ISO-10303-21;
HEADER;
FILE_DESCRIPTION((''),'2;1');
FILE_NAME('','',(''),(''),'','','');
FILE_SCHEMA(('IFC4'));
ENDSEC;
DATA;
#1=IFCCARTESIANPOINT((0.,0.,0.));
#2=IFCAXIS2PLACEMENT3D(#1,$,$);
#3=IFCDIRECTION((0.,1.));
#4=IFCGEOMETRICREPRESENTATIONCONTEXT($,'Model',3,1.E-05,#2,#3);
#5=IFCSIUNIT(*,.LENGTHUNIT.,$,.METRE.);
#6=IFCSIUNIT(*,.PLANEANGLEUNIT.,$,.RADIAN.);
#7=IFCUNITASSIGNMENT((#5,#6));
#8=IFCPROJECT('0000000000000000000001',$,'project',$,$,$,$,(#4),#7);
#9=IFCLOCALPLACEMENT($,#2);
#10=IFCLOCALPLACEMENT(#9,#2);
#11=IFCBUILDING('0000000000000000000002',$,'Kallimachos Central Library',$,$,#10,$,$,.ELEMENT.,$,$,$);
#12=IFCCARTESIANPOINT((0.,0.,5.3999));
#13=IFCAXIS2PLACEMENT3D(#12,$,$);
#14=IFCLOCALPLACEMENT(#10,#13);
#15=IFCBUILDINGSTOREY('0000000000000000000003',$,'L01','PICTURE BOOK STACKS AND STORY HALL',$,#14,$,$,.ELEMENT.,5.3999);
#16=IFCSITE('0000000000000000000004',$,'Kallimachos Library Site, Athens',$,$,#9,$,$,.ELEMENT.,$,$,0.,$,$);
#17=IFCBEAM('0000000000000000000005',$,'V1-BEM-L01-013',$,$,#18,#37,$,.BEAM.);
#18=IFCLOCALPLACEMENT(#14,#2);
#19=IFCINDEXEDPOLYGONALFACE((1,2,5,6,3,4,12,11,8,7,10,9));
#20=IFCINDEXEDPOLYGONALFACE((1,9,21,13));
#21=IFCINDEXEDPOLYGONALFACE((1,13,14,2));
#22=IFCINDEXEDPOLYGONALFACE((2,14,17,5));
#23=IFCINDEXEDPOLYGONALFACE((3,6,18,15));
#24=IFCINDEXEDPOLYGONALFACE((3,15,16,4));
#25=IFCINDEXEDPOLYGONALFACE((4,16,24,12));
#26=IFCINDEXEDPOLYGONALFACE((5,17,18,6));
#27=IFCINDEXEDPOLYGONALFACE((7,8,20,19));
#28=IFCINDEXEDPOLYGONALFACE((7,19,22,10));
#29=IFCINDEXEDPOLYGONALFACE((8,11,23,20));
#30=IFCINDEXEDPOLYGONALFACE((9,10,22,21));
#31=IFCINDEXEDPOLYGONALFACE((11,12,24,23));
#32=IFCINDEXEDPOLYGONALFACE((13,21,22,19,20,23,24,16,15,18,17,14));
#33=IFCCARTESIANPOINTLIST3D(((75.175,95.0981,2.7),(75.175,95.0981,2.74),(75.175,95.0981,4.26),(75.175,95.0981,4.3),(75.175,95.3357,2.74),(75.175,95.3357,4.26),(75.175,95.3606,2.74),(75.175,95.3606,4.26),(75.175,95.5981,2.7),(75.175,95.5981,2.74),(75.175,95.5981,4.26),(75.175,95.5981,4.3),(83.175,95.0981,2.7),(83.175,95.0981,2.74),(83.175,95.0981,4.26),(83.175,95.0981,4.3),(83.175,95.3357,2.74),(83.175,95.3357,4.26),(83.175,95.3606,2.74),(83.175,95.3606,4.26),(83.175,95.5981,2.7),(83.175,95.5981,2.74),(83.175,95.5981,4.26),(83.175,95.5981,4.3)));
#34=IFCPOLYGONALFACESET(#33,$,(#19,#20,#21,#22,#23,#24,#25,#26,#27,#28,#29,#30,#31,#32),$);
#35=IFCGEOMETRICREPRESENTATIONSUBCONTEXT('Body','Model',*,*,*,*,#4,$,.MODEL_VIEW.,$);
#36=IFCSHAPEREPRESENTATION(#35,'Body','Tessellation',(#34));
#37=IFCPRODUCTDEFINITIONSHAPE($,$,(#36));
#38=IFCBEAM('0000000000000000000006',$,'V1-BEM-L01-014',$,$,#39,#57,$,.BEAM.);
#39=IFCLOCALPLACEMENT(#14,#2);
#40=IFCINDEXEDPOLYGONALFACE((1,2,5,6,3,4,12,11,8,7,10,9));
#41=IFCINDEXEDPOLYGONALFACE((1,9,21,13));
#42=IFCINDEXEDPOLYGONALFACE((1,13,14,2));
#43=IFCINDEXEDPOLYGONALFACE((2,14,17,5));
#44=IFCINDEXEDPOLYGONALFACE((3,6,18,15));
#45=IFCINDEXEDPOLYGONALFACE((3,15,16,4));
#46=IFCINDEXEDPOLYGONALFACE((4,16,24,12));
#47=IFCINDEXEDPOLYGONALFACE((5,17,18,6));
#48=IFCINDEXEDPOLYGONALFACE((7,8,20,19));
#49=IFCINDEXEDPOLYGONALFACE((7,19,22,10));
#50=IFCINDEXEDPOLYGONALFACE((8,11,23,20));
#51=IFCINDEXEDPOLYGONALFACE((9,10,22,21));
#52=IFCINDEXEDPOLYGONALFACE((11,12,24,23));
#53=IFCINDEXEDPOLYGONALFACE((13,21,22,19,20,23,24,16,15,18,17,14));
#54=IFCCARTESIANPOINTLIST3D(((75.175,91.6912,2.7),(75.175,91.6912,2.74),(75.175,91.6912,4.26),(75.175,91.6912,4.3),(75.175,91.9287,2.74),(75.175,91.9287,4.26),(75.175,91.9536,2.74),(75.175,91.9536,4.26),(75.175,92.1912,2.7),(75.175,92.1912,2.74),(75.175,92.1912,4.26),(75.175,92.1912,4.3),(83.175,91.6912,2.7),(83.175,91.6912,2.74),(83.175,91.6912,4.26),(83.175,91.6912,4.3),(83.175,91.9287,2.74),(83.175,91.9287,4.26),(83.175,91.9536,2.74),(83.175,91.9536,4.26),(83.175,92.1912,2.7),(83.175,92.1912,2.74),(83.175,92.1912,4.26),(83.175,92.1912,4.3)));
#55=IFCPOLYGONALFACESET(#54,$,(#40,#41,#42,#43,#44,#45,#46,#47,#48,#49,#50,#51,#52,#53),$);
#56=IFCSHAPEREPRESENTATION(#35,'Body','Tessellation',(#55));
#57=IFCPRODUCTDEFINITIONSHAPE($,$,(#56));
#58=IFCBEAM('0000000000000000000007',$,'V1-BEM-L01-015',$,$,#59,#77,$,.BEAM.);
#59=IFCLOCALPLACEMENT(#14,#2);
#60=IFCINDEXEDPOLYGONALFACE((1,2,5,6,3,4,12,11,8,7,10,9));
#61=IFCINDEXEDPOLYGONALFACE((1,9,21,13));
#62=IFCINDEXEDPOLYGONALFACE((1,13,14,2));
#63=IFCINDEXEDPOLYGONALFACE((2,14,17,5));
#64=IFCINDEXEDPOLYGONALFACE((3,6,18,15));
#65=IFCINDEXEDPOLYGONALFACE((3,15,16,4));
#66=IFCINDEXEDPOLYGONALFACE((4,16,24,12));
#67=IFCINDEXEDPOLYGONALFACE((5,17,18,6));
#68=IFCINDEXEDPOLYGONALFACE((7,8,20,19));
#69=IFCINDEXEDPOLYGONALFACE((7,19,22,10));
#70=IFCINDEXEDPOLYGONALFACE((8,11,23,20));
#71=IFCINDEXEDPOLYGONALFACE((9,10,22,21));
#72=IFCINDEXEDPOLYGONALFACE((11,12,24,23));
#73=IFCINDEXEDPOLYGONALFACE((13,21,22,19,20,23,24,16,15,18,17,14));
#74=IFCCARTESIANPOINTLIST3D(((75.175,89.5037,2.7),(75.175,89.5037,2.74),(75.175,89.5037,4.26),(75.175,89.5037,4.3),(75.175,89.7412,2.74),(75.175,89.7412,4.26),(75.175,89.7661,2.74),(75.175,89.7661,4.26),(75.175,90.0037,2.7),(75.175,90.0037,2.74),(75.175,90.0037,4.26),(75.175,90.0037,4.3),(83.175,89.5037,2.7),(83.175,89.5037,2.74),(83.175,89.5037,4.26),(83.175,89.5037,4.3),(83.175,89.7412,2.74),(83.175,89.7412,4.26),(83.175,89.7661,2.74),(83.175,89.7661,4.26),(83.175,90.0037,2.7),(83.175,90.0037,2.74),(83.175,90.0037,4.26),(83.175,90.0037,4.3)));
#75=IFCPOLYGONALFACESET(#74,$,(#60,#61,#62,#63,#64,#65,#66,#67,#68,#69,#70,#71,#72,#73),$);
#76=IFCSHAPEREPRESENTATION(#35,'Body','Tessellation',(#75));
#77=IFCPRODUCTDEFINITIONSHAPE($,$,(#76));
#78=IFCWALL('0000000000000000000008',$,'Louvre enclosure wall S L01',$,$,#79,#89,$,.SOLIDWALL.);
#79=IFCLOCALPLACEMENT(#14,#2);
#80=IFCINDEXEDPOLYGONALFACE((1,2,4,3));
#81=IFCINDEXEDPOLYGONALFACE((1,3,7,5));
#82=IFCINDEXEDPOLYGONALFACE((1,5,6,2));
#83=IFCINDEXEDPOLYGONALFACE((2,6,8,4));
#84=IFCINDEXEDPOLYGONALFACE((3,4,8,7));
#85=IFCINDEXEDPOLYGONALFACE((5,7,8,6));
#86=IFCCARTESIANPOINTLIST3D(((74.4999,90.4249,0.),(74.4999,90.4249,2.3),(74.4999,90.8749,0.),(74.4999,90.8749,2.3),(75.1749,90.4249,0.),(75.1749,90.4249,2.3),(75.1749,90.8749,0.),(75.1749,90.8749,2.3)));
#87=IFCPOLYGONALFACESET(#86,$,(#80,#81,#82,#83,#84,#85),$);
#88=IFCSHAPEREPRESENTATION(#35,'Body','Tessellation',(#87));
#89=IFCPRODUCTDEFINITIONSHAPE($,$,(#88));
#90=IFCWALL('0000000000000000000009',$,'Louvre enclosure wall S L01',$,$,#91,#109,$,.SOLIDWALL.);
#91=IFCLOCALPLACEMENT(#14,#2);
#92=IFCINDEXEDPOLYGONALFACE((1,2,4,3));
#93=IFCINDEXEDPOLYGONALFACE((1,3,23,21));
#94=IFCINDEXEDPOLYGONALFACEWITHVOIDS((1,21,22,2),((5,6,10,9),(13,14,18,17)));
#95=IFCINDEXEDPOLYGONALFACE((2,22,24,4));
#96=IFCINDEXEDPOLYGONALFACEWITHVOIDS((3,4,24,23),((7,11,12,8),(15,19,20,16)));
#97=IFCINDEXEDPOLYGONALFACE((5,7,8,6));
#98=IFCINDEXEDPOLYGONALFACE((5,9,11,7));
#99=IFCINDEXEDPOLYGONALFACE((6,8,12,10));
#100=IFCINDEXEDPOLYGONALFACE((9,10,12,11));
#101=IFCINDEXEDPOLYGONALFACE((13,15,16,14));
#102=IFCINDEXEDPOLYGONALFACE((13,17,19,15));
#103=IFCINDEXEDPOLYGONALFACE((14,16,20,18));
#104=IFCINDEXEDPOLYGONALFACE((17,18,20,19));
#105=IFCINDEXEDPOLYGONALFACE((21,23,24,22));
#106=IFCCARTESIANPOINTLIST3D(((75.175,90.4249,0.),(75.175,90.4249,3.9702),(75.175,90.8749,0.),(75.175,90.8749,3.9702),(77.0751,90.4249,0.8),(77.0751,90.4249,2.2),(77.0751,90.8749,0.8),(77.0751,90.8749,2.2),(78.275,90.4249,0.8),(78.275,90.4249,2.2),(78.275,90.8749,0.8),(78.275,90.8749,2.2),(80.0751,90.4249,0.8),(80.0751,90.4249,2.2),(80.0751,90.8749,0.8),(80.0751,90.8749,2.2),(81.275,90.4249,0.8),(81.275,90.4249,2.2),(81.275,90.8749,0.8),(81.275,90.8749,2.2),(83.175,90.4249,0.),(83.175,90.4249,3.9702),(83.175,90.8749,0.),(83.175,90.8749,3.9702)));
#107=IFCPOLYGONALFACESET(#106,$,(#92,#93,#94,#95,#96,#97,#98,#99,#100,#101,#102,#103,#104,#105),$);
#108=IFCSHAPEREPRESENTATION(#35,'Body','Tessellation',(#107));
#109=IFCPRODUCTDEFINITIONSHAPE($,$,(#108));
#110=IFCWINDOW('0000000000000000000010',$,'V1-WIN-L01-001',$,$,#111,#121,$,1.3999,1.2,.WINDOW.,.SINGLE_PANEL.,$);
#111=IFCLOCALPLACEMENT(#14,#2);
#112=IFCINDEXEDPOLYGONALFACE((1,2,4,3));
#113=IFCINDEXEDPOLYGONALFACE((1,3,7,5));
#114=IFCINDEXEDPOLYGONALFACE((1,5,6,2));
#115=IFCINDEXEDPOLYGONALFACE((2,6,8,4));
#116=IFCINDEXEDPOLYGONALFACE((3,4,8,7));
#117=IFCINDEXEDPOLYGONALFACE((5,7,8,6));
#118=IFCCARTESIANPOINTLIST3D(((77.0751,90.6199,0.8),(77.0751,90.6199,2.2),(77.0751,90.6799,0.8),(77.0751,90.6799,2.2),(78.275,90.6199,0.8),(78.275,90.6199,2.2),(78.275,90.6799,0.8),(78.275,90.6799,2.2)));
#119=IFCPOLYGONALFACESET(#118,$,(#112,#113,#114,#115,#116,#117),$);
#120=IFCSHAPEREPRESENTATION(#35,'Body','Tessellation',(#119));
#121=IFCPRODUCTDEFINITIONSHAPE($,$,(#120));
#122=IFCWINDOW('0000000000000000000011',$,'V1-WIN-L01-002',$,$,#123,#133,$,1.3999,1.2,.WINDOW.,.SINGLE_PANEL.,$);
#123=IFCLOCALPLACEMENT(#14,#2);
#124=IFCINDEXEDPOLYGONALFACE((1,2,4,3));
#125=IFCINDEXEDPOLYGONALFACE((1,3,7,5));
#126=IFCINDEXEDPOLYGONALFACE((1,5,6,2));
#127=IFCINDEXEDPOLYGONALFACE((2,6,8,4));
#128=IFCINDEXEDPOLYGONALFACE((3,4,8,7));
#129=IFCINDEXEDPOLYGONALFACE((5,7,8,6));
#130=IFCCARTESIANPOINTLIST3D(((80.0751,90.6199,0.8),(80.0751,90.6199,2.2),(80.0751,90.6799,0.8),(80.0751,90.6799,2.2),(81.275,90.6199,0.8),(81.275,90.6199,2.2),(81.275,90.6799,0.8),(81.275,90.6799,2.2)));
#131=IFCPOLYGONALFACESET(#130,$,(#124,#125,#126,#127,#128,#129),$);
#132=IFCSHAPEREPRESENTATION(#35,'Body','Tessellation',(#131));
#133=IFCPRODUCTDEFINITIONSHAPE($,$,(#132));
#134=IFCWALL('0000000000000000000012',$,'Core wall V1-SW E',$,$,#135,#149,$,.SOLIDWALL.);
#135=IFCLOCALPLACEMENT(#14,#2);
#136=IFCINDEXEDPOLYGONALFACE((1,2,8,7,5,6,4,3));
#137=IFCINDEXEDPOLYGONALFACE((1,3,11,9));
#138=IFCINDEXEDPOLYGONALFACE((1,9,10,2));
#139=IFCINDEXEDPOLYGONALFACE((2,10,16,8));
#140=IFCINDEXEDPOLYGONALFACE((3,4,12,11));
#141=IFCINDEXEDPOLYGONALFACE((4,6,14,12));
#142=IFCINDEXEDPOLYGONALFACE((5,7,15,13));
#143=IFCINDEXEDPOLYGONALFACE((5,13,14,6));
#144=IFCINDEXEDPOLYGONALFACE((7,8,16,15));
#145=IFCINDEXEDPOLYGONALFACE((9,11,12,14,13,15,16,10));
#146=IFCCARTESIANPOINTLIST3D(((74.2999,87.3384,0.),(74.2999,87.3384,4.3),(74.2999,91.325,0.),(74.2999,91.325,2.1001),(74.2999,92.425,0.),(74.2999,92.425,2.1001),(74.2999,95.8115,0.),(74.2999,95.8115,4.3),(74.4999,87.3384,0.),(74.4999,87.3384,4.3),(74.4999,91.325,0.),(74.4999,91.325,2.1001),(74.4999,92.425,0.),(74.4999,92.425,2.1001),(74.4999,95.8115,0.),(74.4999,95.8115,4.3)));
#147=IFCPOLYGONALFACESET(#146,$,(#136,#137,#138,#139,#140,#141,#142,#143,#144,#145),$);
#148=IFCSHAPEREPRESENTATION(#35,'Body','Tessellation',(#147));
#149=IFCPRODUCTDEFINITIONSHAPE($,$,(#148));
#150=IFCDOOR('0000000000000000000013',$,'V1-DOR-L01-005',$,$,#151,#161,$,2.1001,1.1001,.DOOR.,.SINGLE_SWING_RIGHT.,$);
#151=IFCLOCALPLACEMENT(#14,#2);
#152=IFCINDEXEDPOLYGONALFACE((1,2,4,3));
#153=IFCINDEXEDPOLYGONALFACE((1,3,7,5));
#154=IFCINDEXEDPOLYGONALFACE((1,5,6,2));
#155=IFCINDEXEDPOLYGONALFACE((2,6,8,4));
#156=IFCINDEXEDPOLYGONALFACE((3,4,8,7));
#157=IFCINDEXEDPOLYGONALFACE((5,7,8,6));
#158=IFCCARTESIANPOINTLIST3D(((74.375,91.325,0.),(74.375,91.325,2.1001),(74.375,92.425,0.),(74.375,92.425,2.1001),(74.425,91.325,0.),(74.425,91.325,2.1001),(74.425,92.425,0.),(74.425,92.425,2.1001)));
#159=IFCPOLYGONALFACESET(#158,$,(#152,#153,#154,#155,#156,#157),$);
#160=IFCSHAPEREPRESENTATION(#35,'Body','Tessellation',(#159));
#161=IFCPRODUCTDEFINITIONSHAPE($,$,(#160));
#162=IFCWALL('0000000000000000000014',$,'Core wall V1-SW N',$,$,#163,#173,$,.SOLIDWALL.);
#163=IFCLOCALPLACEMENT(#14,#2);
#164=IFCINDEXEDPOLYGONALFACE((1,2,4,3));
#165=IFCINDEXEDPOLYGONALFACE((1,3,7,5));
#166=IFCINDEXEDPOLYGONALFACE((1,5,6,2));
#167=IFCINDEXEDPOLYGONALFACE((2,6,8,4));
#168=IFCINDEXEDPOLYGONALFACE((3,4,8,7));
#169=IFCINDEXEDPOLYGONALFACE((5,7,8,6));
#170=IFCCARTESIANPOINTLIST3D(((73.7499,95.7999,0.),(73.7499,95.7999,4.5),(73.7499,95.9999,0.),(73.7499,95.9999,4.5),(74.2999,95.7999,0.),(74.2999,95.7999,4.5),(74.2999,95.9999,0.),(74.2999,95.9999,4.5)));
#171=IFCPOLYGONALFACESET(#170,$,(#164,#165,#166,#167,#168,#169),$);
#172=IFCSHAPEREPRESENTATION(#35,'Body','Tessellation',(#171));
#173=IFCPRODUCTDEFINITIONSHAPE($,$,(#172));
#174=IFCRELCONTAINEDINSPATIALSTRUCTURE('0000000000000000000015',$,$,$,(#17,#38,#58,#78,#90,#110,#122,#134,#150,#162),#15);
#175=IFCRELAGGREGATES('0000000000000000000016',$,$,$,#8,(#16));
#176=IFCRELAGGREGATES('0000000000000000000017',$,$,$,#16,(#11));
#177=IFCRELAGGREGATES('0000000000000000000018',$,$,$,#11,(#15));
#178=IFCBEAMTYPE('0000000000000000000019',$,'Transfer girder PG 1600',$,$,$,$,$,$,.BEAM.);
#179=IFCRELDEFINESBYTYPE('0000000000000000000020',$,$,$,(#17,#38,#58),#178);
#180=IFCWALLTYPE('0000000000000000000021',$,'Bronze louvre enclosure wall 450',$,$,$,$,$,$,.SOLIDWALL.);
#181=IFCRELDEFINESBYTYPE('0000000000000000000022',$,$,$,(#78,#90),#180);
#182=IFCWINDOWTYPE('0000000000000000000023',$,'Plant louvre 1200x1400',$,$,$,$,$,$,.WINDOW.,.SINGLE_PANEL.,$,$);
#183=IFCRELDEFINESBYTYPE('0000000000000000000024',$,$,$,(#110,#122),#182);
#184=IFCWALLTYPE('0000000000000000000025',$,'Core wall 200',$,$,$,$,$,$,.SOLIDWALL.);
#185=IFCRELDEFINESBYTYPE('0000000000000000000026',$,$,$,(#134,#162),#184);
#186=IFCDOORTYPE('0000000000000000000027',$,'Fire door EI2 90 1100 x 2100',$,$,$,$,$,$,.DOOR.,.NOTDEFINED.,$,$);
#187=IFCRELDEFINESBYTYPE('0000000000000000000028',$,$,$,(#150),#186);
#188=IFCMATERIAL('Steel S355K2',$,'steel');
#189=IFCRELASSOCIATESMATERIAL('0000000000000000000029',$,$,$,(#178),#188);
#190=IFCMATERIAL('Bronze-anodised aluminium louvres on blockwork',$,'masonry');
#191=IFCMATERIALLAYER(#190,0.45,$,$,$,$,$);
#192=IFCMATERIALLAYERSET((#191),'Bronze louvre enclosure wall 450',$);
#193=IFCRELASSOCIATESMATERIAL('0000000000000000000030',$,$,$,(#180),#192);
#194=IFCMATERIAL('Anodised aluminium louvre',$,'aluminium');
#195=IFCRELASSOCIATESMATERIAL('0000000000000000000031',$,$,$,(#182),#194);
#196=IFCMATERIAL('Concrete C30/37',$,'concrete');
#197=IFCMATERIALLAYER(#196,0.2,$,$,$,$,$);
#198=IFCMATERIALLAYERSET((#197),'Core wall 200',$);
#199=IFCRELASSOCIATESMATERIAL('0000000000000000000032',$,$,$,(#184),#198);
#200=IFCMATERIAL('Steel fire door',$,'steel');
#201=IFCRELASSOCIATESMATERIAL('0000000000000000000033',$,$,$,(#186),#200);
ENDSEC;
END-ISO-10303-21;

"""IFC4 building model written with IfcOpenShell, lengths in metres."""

from ifc_helpers import new_model, si_unit, direction, frame, frame_2d, origin, origin_2d, place, context, subcontext, project, spatial, rectangle, i_section, extrude, material, layer, layer_set, material_profile, profile_set, type_object, element, fill, save


model = new_model("IFC4")

# Units and contexts
model_context = context("Model", 3, precision=1e-05, world=origin(), true_north=direction((0.0, 1.0)))
body_context = subcontext(model_context, "Body", "Model", "MODEL_VIEW")
ifc_project = project(units=[si_unit("LENGTHUNIT", "METRE"), si_unit("PLANEANGLEUNIT", "RADIAN")], contexts=[model_context])

# Site, building, storey
site_placement = place(None, origin())
site = spatial("IfcSite", under=ifc_project, at=site_placement, Name="Kallimachos Library Site, Athens", CompositionType="ELEMENT", RefElevation=0.0)
building_placement = place(site_placement, origin())
building = spatial("IfcBuilding", under=site, at=building_placement, Name="Kallimachos Central Library", CompositionType="ELEMENT")
storey_placement = place(building_placement, frame((0.0, 0.0, 5.3999)))
storey = spatial("IfcBuildingStorey", under=building, at=storey_placement, Name="L01", Description="PICTURE BOOK STACKS AND STORY HALL", CompositionType="ELEMENT", Elevation=5.3999)

# Beams
ifc_material_1 = material(Name="Steel S355K2", Category="steel")
ifc_material_profile_1 = material_profile(ifc_material_1, i_section(OverallWidth=0.5, OverallDepth=1.6001, WebThickness=0.0249, FlangeThickness=0.04, at=origin_2d()), Name="PG 1600x500-25/40")
ifc_profile_set_1 = profile_set([ifc_material_profile_1], Name="Steel S355K2")
beam_type_1 = type_object("IfcBeamType", Name="Transfer girder PG 1600", PredefinedType="BEAM", material=ifc_profile_set_1)
for number, where, z_axis, x_axis, name in (
    (1, (75.175, 95.3481, 3.5), (1.0, 0.0, 0.0), (0.0, 1.0, 0.0), "V1-BEM-L01-013"),
    (2, (75.175, 91.9412, 3.5), (1.0, 0.0, 0.0), (0.0, 1.0, 0.0), "V1-BEM-L01-014"),
    (3, (75.175, 89.7537, 3.5), (1.0, 0.0, 0.0), (0.0, 1.0, 0.0), "V1-BEM-L01-015"),
):
    element("IfcBeam", number, at=place(storey_placement, frame(where, z_axis=z_axis, x_axis=x_axis)), inside=storey, type_object=beam_type_1, Name=name, PredefinedType="BEAM", context=body_context, shape_type="SweptSolid", body=[
        extrude(i_section(OverallWidth=0.5, OverallDepth=1.6001, WebThickness=0.0249, FlangeThickness=0.04, at=origin_2d()), origin(), (0.0, 0.0, 1.0), 8.0),
    ])

# Wall
ifc_material_2 = material(Name="Bronze-anodised aluminium louvres on blockwork", Category="masonry")
ifc_layer_1 = layer(ifc_material_2, 0.45)
ifc_layer_set_1 = layer_set([ifc_layer_1], Name="Bronze louvre enclosure wall 450")
wall_type_1 = type_object("IfcWallType", Name="Bronze louvre enclosure wall 450", PredefinedType="SOLIDWALL", material=ifc_layer_set_1)
wall_1_placement = place(storey_placement, frame((74.5, 90.6499, 0.0), z_axis=(0.0, 0.0, 1.0), x_axis=(1.0, 0.0, 0.0)))
element("IfcWall", 4, at=wall_1_placement, inside=storey, type_object=wall_type_1, Name="Louvre enclosure wall S L01", PredefinedType="SOLIDWALL", context=body_context, shape_type="SweptSolid", body=[
    extrude(rectangle(XDim=0.675, YDim=0.45, at=frame_2d((0.3374, 0.0))), origin(), (0.0, 0.0, 1.0), 2.3),
])

# Wall, openings, windows
wall_2_placement = place(storey_placement, frame((75.175, 90.6499, 0.0), z_axis=(0.0, 0.0, 1.0), x_axis=(1.0, 0.0, 0.0)))
wall_2 = element("IfcWall", 5, at=wall_2_placement, inside=storey, type_object=wall_type_1, Name="Louvre enclosure wall S L01", PredefinedType="SOLIDWALL", context=body_context, shape_type="SweptSolid", body=[
    extrude(rectangle(XDim=8.0, YDim=0.45, at=frame_2d((4.0, 0.0))), origin(), (0.0, 0.0, 1.0), 3.9702),
])
opening_1_placement = place(wall_2_placement, frame((1.8999, 0.0, 0.8)))
opening_1 = element("IfcOpeningElement", 6, at=opening_1_placement, cuts=wall_2, PredefinedType="OPENING", context=body_context, shape_type="SweptSolid", body=[
    extrude(rectangle(XDim=1.2, YDim=1.3999, at=frame_2d((0.6001, 0.7))), frame((0.0, 0.2349, 0.0), z_axis=(0.0, -1.0, 0.0), x_axis=(1.0, 0.0, 0.0)), (0.0, 0.0, 1.0), 0.47),
])
opening_2_placement = place(wall_2_placement, frame((4.8999, 0.0, 0.8)))
opening_2 = element("IfcOpeningElement", 7, at=opening_2_placement, cuts=wall_2, PredefinedType="OPENING", context=body_context, shape_type="SweptSolid", body=[
    extrude(rectangle(XDim=1.2, YDim=1.3999, at=frame_2d((0.6001, 0.7))), frame((0.0, 0.2349, 0.0), z_axis=(0.0, -1.0, 0.0), x_axis=(1.0, 0.0, 0.0)), (0.0, 0.0, 1.0), 0.47),
])
ifc_material_3 = material(Name="Anodised aluminium louvre", Category="aluminium")
window_type = type_object("IfcWindowType", Name="Plant louvre 1200x1400", PartitioningType="SINGLE_PANEL", PredefinedType="WINDOW", material=ifc_material_3)
window_1_placement = place(opening_1_placement, origin())
window_1 = element("IfcWindow", 8, at=window_1_placement, inside=storey, type_object=window_type, Name="V1-WIN-L01-001", OverallHeight=1.3999, OverallWidth=1.2, PartitioningType="SINGLE_PANEL", PredefinedType="WINDOW", context=body_context, shape_type="SweptSolid", body=[
    extrude(rectangle(XDim=1.2, YDim=1.3999, at=frame_2d((0.6001, 0.7))), frame((0.0, 0.03, 0.0), z_axis=(0.0, -1.0, 0.0), x_axis=(1.0, 0.0, 0.0)), (0.0, 0.0, 1.0), 0.0601),
])
fill(opening_1, window_1)
window_2_placement = place(opening_2_placement, origin())
window_2 = element("IfcWindow", 9, at=window_2_placement, inside=storey, type_object=window_type, Name="V1-WIN-L01-002", OverallHeight=1.3999, OverallWidth=1.2, PartitioningType="SINGLE_PANEL", PredefinedType="WINDOW", context=body_context, shape_type="SweptSolid", body=[
    extrude(rectangle(XDim=1.2, YDim=1.3999, at=frame_2d((0.6001, 0.7))), frame((0.0, 0.03, 0.0), z_axis=(0.0, -1.0, 0.0), x_axis=(1.0, 0.0, 0.0)), (0.0, 0.0, 1.0), 0.0601),
])
fill(opening_2, window_2)

# Wall, opening, door
ifc_material_4 = material(Name="Concrete C30/37", Category="concrete")
ifc_layer_2 = layer(ifc_material_4, 0.2)
ifc_layer_set_2 = layer_set([ifc_layer_2], Name="Core wall 200")
wall_type_2 = type_object("IfcWallType", Name="Core wall 200", PredefinedType="SOLIDWALL", material=ifc_layer_set_2)
wall_3_placement = place(storey_placement, frame((74.3999, 87.3384, 0.0), z_axis=(0.0, 0.0, 1.0), x_axis=(0.0, 1.0, 0.0)))
wall_3 = element("IfcWall", 10, at=wall_3_placement, inside=storey, type_object=wall_type_2, Name="Core wall V1-SW E", PredefinedType="SOLIDWALL", context=body_context, shape_type="SweptSolid", body=[
    extrude(rectangle(XDim=8.4731, YDim=0.2, at=frame_2d((4.2366, 0.0))), origin(), (0.0, 0.0, 1.0), 4.3),
])
opening_3_placement = place(wall_3_placement, frame((3.9866, 0.0, 0.0)))
opening_3 = element("IfcOpeningElement", 11, at=opening_3_placement, cuts=wall_3, PredefinedType="OPENING", context=body_context, shape_type="SweptSolid", body=[
    extrude(rectangle(XDim=1.1001, YDim=2.1001, at=frame_2d((0.55, 1.05))), frame((0.0, 0.1099, 0.0), z_axis=(0.0, -1.0, 0.0), x_axis=(1.0, 0.0, 0.0)), (0.0, 0.0, 1.0), 0.22),
])
ifc_material_5 = material(Name="Steel fire door", Category="steel")
door_type = type_object("IfcDoorType", Name="Fire door EI2 90 1100 x 2100", OperationType="NOTDEFINED", PredefinedType="DOOR", material=ifc_material_5)
door_placement = place(opening_3_placement, origin())
door = element("IfcDoor", 12, at=door_placement, inside=storey, type_object=door_type, Name="V1-DOR-L01-005", OperationType="SINGLE_SWING_RIGHT", OverallHeight=2.1001, OverallWidth=1.1001, PredefinedType="DOOR", context=body_context, shape_type="SweptSolid", body=[
    extrude(rectangle(XDim=1.1001, YDim=2.1001, at=frame_2d((0.55, 1.05))), frame((0.0, 0.0249, 0.0), z_axis=(0.0, -1.0, 0.0), x_axis=(1.0, 0.0, 0.0)), (0.0, 0.0, 1.0), 0.05),
])
fill(opening_3, door)

# Wall
wall_4_placement = place(storey_placement, frame((73.75, 95.8999, 0.0), z_axis=(0.0, 0.0, 1.0), x_axis=(1.0, 0.0, 0.0)))
element("IfcWall", 13, at=wall_4_placement, inside=storey, type_object=wall_type_2, Name="Core wall V1-SW N", PredefinedType="SOLIDWALL", context=body_context, shape_type="SweptSolid", body=[
    extrude(rectangle(XDim=0.55, YDim=0.2, at=frame_2d((0.2749, 0.0))), origin(), (0.0, 0.0, 1.0), 4.5),
])

save(model, "model.ifc")
